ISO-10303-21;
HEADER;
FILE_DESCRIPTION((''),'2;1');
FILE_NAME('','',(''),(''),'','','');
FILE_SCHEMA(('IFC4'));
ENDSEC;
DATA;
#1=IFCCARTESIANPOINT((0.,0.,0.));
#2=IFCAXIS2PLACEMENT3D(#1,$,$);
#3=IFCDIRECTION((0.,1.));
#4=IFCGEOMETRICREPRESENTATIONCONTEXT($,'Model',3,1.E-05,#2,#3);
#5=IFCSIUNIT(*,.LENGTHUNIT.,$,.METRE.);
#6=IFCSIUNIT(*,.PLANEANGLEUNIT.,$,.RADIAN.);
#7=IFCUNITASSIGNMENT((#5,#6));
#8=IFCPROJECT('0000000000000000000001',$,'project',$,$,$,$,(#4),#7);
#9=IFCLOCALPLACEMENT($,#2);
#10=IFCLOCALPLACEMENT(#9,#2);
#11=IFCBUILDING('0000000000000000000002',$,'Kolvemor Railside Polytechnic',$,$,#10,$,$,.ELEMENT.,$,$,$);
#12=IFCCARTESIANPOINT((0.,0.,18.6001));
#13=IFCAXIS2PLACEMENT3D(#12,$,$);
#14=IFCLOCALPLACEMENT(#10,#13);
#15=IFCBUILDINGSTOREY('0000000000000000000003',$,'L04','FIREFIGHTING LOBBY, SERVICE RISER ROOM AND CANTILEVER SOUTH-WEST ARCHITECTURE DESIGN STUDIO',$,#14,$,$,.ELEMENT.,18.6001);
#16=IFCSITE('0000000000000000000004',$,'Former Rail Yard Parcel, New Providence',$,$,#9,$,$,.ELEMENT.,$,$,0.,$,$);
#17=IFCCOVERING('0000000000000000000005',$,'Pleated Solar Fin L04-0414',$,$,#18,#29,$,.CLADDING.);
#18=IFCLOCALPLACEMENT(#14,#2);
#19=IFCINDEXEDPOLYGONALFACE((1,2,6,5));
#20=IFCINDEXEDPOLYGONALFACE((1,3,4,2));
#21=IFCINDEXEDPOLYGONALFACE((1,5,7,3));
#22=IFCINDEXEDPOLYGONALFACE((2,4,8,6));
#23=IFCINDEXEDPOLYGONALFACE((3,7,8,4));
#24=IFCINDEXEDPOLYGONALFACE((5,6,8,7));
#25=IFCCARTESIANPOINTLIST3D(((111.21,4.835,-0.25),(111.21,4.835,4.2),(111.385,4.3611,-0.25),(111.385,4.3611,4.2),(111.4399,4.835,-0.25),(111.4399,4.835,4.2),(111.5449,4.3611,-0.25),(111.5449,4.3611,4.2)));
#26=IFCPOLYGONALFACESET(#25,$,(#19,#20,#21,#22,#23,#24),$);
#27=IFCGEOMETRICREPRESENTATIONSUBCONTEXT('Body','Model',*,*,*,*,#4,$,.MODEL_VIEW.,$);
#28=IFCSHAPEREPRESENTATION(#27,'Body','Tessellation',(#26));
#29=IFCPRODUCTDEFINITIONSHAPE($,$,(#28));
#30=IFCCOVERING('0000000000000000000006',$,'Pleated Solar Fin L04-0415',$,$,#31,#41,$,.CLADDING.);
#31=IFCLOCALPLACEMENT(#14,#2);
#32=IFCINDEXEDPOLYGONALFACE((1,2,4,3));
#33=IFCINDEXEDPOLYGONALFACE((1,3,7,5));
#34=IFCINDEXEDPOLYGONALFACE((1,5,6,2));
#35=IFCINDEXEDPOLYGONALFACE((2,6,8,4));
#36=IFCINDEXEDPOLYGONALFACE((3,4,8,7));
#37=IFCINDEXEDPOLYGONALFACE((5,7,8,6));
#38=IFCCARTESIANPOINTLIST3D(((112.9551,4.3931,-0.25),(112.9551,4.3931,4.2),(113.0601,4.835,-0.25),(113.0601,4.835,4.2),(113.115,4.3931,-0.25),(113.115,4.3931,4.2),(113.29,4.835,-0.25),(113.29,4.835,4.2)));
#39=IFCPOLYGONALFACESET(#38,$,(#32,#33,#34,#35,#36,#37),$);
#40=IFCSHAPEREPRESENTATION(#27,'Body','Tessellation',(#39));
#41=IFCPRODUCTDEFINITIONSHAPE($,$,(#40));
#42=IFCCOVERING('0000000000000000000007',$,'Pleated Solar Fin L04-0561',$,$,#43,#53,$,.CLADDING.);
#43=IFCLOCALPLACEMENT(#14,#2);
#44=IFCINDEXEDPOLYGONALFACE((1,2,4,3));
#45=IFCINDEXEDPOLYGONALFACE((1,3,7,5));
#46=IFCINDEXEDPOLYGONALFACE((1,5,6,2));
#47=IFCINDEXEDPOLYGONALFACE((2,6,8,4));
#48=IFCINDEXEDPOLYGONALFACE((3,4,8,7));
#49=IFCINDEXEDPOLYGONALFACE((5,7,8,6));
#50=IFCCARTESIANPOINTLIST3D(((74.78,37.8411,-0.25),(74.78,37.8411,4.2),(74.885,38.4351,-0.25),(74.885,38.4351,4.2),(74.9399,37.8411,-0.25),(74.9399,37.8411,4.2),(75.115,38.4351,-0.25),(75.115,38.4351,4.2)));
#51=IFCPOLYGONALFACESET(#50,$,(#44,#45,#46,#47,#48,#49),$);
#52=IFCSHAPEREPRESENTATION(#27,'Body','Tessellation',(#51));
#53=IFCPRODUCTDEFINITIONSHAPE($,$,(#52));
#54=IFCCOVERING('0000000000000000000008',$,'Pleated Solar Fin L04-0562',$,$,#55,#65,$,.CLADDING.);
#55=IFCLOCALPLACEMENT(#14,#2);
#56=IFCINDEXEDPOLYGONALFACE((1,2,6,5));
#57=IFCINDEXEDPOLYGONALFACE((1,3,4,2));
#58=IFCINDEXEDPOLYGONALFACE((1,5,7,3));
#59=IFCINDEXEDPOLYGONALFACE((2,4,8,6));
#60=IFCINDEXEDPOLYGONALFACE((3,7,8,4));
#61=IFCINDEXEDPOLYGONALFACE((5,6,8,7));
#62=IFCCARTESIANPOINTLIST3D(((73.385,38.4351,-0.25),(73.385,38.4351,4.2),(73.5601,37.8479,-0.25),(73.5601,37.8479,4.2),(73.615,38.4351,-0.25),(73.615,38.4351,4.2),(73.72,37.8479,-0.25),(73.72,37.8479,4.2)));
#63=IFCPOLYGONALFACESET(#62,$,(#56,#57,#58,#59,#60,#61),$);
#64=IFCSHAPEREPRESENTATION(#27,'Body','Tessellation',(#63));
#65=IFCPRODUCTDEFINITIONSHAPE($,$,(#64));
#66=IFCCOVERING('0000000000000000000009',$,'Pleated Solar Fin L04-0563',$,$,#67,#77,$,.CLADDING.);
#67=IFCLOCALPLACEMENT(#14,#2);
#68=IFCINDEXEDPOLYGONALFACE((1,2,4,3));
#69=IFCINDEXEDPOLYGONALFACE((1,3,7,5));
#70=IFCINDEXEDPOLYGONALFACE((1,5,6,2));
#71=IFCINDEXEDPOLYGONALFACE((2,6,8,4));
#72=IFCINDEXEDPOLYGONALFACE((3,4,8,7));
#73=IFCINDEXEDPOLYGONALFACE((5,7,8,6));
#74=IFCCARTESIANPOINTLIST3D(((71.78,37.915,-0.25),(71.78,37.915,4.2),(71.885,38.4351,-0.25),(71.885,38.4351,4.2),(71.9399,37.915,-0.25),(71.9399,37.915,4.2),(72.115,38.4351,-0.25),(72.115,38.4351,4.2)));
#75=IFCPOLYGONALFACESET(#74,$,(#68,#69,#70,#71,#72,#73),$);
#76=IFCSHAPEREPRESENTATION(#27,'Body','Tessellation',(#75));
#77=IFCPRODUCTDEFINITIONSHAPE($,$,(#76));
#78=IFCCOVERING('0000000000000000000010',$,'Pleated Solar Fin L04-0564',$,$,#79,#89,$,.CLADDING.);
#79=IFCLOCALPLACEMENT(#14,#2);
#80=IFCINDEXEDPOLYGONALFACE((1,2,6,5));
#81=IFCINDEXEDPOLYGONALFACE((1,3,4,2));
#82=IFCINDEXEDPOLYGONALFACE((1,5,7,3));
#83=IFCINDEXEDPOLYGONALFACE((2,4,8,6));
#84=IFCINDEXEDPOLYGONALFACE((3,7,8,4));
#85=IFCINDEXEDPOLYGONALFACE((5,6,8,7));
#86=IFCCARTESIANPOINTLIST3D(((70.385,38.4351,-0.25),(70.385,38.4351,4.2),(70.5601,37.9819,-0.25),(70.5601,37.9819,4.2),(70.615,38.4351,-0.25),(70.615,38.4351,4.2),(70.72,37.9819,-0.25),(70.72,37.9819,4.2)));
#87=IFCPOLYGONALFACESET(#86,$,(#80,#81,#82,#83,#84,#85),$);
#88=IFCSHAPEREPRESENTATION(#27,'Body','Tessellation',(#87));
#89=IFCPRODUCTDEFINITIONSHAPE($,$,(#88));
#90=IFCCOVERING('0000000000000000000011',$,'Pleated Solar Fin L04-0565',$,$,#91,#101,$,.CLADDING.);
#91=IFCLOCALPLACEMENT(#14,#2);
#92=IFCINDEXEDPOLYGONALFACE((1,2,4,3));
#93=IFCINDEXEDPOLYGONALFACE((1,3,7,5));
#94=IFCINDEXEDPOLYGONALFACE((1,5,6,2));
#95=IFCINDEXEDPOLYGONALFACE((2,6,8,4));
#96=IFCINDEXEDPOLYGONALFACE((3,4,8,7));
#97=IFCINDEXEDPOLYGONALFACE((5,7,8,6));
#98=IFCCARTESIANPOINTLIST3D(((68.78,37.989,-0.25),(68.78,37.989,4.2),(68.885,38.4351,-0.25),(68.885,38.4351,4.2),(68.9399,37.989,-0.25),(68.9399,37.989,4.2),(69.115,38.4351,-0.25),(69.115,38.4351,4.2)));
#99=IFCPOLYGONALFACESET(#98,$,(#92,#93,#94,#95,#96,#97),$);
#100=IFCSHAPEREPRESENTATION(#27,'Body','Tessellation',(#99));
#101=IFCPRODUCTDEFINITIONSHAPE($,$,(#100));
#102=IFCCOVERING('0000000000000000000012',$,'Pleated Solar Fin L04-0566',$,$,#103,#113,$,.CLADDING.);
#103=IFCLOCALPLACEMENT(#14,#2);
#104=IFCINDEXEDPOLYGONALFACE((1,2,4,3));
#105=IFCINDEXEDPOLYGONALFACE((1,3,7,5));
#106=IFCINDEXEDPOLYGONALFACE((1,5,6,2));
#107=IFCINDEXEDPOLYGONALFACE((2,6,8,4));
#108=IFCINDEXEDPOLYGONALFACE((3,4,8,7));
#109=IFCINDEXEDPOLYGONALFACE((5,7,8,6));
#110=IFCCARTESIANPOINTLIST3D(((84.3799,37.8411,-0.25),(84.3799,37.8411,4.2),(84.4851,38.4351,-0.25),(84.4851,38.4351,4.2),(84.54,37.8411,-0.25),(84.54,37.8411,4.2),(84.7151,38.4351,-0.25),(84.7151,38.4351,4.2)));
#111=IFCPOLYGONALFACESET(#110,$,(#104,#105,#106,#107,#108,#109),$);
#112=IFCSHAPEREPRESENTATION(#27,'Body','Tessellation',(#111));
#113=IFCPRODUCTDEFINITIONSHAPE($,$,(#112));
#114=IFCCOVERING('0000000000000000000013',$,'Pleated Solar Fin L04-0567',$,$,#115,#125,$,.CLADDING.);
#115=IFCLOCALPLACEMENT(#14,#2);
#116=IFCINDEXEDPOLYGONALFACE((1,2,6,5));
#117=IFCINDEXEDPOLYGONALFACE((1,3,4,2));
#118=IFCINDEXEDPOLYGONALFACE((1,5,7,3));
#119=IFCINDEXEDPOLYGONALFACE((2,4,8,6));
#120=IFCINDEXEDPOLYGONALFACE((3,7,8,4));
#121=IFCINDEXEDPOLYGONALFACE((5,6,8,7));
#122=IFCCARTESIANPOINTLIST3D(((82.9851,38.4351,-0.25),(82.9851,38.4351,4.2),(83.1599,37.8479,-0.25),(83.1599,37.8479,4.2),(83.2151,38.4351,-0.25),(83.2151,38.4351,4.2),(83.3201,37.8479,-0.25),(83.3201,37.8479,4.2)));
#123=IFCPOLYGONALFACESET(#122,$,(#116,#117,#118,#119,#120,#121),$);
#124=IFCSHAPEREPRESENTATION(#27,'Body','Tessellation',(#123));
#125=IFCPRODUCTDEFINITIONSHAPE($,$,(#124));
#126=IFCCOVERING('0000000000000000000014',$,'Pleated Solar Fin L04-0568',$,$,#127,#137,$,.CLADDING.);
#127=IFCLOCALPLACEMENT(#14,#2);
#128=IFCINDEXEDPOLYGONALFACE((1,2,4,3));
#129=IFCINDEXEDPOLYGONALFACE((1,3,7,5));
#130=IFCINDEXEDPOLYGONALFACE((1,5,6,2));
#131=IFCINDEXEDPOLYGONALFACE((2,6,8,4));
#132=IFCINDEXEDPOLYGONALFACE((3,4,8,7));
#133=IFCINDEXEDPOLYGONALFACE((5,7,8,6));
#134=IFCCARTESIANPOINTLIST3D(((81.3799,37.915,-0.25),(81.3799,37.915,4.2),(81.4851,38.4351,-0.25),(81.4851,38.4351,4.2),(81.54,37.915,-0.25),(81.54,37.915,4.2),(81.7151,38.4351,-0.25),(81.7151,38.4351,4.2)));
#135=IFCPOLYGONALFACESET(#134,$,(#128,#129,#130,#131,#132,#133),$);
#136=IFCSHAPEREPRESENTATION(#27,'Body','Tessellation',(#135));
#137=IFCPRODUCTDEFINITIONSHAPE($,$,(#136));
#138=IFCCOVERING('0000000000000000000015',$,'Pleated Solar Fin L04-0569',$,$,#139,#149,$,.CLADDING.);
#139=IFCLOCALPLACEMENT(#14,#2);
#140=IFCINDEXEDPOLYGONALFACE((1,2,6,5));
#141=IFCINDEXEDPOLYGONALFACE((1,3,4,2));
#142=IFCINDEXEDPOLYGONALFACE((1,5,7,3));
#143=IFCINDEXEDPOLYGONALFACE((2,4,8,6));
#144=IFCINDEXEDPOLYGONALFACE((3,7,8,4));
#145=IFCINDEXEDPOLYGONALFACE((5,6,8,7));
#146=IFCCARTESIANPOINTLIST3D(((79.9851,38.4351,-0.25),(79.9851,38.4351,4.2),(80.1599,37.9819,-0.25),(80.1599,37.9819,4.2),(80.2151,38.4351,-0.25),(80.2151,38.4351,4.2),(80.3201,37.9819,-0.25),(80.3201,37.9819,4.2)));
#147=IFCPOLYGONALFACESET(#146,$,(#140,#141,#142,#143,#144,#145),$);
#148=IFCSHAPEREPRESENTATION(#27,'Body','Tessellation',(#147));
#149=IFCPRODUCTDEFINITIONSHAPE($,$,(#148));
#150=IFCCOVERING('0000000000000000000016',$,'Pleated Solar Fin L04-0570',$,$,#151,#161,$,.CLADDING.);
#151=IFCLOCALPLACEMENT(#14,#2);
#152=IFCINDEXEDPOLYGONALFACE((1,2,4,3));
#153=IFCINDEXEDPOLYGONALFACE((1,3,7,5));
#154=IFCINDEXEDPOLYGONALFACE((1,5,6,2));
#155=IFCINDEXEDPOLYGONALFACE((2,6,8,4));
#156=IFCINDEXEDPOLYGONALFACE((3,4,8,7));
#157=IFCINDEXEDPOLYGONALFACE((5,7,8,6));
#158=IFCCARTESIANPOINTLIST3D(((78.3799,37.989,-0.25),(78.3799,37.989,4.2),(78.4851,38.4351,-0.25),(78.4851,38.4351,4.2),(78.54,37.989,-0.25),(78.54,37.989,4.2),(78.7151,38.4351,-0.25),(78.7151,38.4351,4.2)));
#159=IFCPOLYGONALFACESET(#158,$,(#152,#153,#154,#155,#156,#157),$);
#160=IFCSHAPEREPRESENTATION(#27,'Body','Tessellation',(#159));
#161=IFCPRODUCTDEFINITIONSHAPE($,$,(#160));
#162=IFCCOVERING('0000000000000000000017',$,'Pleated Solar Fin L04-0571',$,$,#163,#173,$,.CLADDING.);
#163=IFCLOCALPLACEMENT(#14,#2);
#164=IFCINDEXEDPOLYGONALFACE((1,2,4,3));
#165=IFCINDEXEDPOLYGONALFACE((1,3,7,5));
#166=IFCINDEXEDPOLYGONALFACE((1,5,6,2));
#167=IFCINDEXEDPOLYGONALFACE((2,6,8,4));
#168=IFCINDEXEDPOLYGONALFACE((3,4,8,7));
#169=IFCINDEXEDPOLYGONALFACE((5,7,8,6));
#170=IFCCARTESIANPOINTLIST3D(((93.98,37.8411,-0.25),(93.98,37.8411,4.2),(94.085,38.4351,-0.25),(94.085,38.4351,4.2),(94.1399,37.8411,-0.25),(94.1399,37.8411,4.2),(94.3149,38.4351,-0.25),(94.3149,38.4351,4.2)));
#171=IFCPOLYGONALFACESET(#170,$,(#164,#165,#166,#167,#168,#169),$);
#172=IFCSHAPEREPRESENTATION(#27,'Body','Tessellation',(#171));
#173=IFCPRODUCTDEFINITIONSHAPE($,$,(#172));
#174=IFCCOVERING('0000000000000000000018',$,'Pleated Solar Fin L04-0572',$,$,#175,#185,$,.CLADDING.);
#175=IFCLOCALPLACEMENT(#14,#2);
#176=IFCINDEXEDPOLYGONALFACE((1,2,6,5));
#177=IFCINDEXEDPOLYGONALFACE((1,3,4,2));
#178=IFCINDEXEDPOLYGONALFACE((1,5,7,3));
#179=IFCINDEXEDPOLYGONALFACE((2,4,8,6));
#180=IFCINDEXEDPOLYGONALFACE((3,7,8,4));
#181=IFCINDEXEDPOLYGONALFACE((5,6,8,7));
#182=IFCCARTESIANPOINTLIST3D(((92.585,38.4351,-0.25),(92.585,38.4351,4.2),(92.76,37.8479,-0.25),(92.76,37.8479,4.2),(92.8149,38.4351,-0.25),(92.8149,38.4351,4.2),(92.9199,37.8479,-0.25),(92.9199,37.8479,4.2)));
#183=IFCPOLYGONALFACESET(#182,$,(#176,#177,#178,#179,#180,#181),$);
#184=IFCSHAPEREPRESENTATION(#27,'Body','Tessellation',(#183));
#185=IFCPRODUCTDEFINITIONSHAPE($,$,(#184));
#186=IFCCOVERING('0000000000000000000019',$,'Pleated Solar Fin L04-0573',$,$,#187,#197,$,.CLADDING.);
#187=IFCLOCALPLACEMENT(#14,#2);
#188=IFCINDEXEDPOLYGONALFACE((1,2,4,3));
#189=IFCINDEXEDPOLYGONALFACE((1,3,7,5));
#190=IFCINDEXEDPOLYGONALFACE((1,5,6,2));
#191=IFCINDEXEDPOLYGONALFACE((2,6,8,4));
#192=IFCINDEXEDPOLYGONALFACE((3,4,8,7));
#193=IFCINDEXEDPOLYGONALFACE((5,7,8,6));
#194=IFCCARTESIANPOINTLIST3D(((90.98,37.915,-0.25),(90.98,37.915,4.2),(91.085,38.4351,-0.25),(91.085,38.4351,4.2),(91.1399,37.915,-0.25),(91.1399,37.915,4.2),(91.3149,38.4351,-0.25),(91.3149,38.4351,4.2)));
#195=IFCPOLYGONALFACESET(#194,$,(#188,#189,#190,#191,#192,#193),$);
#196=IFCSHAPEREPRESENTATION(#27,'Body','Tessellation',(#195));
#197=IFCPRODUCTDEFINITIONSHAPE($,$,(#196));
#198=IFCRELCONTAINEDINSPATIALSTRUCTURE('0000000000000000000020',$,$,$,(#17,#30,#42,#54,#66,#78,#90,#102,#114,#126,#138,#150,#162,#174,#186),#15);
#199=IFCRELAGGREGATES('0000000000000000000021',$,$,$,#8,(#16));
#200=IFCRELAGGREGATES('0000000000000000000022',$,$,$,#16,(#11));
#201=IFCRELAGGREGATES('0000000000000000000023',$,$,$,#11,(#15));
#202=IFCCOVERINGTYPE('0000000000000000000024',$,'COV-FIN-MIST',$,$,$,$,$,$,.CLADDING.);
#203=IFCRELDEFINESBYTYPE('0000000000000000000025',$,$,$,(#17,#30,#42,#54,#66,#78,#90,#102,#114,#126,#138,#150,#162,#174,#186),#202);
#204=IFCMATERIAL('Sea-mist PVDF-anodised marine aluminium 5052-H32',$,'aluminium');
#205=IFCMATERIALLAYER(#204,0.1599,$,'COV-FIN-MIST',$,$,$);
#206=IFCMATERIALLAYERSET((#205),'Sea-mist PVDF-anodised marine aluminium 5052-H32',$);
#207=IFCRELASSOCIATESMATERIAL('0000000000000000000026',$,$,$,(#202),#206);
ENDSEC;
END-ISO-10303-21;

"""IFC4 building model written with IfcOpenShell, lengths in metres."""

from ifc_helpers import new_model, si_unit, direction, frame, origin, place, context, subcontext, project, spatial, polyline, outline, extrude, material, layer, layer_set, type_object, element, save


model = new_model("IFC4")

# Units and contexts
model_context = context("Model", 3, precision=1e-05, world=origin(), true_north=direction((0.0, 1.0)))
body_context = subcontext(model_context, "Body", "Model", "MODEL_VIEW")
ifc_project = project(units=[si_unit("LENGTHUNIT", "METRE"), si_unit("PLANEANGLEUNIT", "RADIAN")], contexts=[model_context])

# Site, building, storey
site_placement = place(None, origin())
site = spatial("IfcSite", under=ifc_project, at=site_placement, Name="Former Rail Yard Parcel, New Providence", CompositionType="ELEMENT", RefElevation=0.0)
building_placement = place(site_placement, origin())
building = spatial("IfcBuilding", under=site, at=building_placement, Name="Kolvemor Railside Polytechnic", CompositionType="ELEMENT")
storey_placement = place(building_placement, frame((0.0, 0.0, 18.6001)))
storey = spatial("IfcBuildingStorey", under=building, at=storey_placement, Name="L04", Description="FIREFIGHTING LOBBY, SERVICE RISER ROOM AND CANTILEVER SOUTH-WEST ARCHITECTURE DESIGN STUDIO", CompositionType="ELEMENT", Elevation=18.6001)

# Coverings
ifc_material = material(Name="Sea-mist PVDF-anodised marine aluminium 5052-H32", Category="aluminium")
ifc_layer = layer(ifc_material, 0.1599, Name="COV-FIN-MIST")
ifc_layer_set = layer_set([ifc_layer], Name="Sea-mist PVDF-anodised marine aluminium 5052-H32")
covering_type = type_object("IfcCoveringType", Name="COV-FIN-MIST", PredefinedType="CLADDING", material=ifc_layer_set)
covering_1_placement = place(storey_placement, frame((0.0, 0.0, -0.25)))
element("IfcCovering", 1, at=covering_1_placement, inside=storey, type_object=covering_type, Name="Pleated Solar Fin L04-0414", PredefinedType="CLADDING", context=body_context, shape_type="SweptSolid", body=[
    extrude(outline(polyline([(111.21, 4.835), (111.4399, 4.835), (111.5449, 4.3611), (111.385, 4.3611), (111.21, 4.835)])), origin(), (0.0, 0.0, 1.0), 4.45),
])
covering_2_placement = place(storey_placement, frame((0.0, 0.0, -0.25)))
element("IfcCovering", 2, at=covering_2_placement, inside=storey, type_object=covering_type, Name="Pleated Solar Fin L04-0415", PredefinedType="CLADDING", context=body_context, shape_type="SweptSolid", body=[
    extrude(outline(polyline([(113.0601, 4.835), (113.29, 4.835), (113.115, 4.3931), (112.9551, 4.3931), (113.0601, 4.835)])), origin(), (0.0, 0.0, 1.0), 4.45),
])
covering_3_placement = place(storey_placement, frame((0.0, 0.0, -0.25)))
element("IfcCovering", 3, at=covering_3_placement, inside=storey, type_object=covering_type, Name="Pleated Solar Fin L04-0561", PredefinedType="CLADDING", context=body_context, shape_type="SweptSolid", body=[
    extrude(outline(polyline([(75.115, 38.4351), (74.885, 38.4351), (74.78, 37.8411), (74.9399, 37.8411), (75.115, 38.4351)])), origin(), (0.0, 0.0, 1.0), 4.45),
])
covering_4_placement = place(storey_placement, frame((0.0, 0.0, -0.25)))
element("IfcCovering", 4, at=covering_4_placement, inside=storey, type_object=covering_type, Name="Pleated Solar Fin L04-0562", PredefinedType="CLADDING", context=body_context, shape_type="SweptSolid", body=[
    extrude(outline(polyline([(73.615, 38.4351), (73.385, 38.4351), (73.5601, 37.8479), (73.72, 37.8479), (73.615, 38.4351)])), origin(), (0.0, 0.0, 1.0), 4.45),
])
covering_5_placement = place(storey_placement, frame((0.0, 0.0, -0.25)))
element("IfcCovering", 5, at=covering_5_placement, inside=storey, type_object=covering_type, Name="Pleated Solar Fin L04-0563", PredefinedType="CLADDING", context=body_context, shape_type="SweptSolid", body=[
    extrude(outline(polyline([(72.115, 38.4351), (71.885, 38.4351), (71.78, 37.915), (71.9399, 37.915), (72.115, 38.4351)])), origin(), (0.0, 0.0, 1.0), 4.45),
])
covering_6_placement = place(storey_placement, frame((0.0, 0.0, -0.25)))
element("IfcCovering", 6, at=covering_6_placement, inside=storey, type_object=covering_type, Name="Pleated Solar Fin L04-0564", PredefinedType="CLADDING", context=body_context, shape_type="SweptSolid", body=[
    extrude(outline(polyline([(70.615, 38.4351), (70.385, 38.4351), (70.5601, 37.9819), (70.72, 37.9819), (70.615, 38.4351)])), origin(), (0.0, 0.0, 1.0), 4.45),
])
covering_7_placement = place(storey_placement, frame((0.0, 0.0, -0.25)))
element("IfcCovering", 7, at=covering_7_placement, inside=storey, type_object=covering_type, Name="Pleated Solar Fin L04-0565", PredefinedType="CLADDING", context=body_context, shape_type="SweptSolid", body=[
    extrude(outline(polyline([(69.115, 38.4351), (68.885, 38.4351), (68.78, 37.989), (68.9399, 37.989), (69.115, 38.4351)])), origin(), (0.0, 0.0, 1.0), 4.45),
])
covering_8_placement = place(storey_placement, frame((0.0, 0.0, -0.25)))
element("IfcCovering", 8, at=covering_8_placement, inside=storey, type_object=covering_type, Name="Pleated Solar Fin L04-0566", PredefinedType="CLADDING", context=body_context, shape_type="SweptSolid", body=[
    extrude(outline(polyline([(84.7151, 38.4351), (84.4851, 38.4351), (84.3799, 37.8411), (84.54, 37.8411), (84.7151, 38.4351)])), origin(), (0.0, 0.0, 1.0), 4.45),
])
covering_9_placement = place(storey_placement, frame((0.0, 0.0, -0.25)))
element("IfcCovering", 9, at=covering_9_placement, inside=storey, type_object=covering_type, Name="Pleated Solar Fin L04-0567", PredefinedType="CLADDING", context=body_context, shape_type="SweptSolid", body=[
    extrude(outline(polyline([(83.2151, 38.4351), (82.9851, 38.4351), (83.1599, 37.8479), (83.3201, 37.8479), (83.2151, 38.4351)])), origin(), (0.0, 0.0, 1.0), 4.45),
])
covering_10_placement = place(storey_placement, frame((0.0, 0.0, -0.25)))
element("IfcCovering", 10, at=covering_10_placement, inside=storey, type_object=covering_type, Name="Pleated Solar Fin L04-0568", PredefinedType="CLADDING", context=body_context, shape_type="SweptSolid", body=[
    extrude(outline(polyline([(81.7151, 38.4351), (81.4851, 38.4351), (81.3799, 37.915), (81.54, 37.915), (81.7151, 38.4351)])), origin(), (0.0, 0.0, 1.0), 4.45),
])
covering_11_placement = place(storey_placement, frame((0.0, 0.0, -0.25)))
element("IfcCovering", 11, at=covering_11_placement, inside=storey, type_object=covering_type, Name="Pleated Solar Fin L04-0569", PredefinedType="CLADDING", context=body_context, shape_type="SweptSolid", body=[
    extrude(outline(polyline([(80.2151, 38.4351), (79.9851, 38.4351), (80.1599, 37.9819), (80.3201, 37.9819), (80.2151, 38.4351)])), origin(), (0.0, 0.0, 1.0), 4.45),
])
covering_12_placement = place(storey_placement, frame((0.0, 0.0, -0.25)))
element("IfcCovering", 12, at=covering_12_placement, inside=storey, type_object=covering_type, Name="Pleated Solar Fin L04-0570", PredefinedType="CLADDING", context=body_context, shape_type="SweptSolid", body=[
    extrude(outline(polyline([(78.7151, 38.4351), (78.4851, 38.4351), (78.3799, 37.989), (78.54, 37.989), (78.7151, 38.4351)])), origin(), (0.0, 0.0, 1.0), 4.45),
])
covering_13_placement = place(storey_placement, frame((0.0, 0.0, -0.25)))
element("IfcCovering", 13, at=covering_13_placement, inside=storey, type_object=covering_type, Name="Pleated Solar Fin L04-0571", PredefinedType="CLADDING", context=body_context, shape_type="SweptSolid", body=[
    extrude(outline(polyline([(94.3149, 38.4351), (94.085, 38.4351), (93.98, 37.8411), (94.1399, 37.8411), (94.3149, 38.4351)])), origin(), (0.0, 0.0, 1.0), 4.45),
])
covering_14_placement = place(storey_placement, frame((0.0, 0.0, -0.25)))
element("IfcCovering", 14, at=covering_14_placement, inside=storey, type_object=covering_type, Name="Pleated Solar Fin L04-0572", PredefinedType="CLADDING", context=body_context, shape_type="SweptSolid", body=[
    extrude(outline(polyline([(92.8149, 38.4351), (92.585, 38.4351), (92.76, 37.8479), (92.9199, 37.8479), (92.8149, 38.4351)])), origin(), (0.0, 0.0, 1.0), 4.45),
])
covering_15_placement = place(storey_placement, frame((0.0, 0.0, -0.25)))
element("IfcCovering", 15, at=covering_15_placement, inside=storey, type_object=covering_type, Name="Pleated Solar Fin L04-0573", PredefinedType="CLADDING", context=body_context, shape_type="SweptSolid", body=[
    extrude(outline(polyline([(91.3149, 38.4351), (91.085, 38.4351), (90.98, 37.915), (91.1399, 37.915), (91.3149, 38.4351)])), origin(), (0.0, 0.0, 1.0), 4.45),
])

save(model, "model.ifc")
